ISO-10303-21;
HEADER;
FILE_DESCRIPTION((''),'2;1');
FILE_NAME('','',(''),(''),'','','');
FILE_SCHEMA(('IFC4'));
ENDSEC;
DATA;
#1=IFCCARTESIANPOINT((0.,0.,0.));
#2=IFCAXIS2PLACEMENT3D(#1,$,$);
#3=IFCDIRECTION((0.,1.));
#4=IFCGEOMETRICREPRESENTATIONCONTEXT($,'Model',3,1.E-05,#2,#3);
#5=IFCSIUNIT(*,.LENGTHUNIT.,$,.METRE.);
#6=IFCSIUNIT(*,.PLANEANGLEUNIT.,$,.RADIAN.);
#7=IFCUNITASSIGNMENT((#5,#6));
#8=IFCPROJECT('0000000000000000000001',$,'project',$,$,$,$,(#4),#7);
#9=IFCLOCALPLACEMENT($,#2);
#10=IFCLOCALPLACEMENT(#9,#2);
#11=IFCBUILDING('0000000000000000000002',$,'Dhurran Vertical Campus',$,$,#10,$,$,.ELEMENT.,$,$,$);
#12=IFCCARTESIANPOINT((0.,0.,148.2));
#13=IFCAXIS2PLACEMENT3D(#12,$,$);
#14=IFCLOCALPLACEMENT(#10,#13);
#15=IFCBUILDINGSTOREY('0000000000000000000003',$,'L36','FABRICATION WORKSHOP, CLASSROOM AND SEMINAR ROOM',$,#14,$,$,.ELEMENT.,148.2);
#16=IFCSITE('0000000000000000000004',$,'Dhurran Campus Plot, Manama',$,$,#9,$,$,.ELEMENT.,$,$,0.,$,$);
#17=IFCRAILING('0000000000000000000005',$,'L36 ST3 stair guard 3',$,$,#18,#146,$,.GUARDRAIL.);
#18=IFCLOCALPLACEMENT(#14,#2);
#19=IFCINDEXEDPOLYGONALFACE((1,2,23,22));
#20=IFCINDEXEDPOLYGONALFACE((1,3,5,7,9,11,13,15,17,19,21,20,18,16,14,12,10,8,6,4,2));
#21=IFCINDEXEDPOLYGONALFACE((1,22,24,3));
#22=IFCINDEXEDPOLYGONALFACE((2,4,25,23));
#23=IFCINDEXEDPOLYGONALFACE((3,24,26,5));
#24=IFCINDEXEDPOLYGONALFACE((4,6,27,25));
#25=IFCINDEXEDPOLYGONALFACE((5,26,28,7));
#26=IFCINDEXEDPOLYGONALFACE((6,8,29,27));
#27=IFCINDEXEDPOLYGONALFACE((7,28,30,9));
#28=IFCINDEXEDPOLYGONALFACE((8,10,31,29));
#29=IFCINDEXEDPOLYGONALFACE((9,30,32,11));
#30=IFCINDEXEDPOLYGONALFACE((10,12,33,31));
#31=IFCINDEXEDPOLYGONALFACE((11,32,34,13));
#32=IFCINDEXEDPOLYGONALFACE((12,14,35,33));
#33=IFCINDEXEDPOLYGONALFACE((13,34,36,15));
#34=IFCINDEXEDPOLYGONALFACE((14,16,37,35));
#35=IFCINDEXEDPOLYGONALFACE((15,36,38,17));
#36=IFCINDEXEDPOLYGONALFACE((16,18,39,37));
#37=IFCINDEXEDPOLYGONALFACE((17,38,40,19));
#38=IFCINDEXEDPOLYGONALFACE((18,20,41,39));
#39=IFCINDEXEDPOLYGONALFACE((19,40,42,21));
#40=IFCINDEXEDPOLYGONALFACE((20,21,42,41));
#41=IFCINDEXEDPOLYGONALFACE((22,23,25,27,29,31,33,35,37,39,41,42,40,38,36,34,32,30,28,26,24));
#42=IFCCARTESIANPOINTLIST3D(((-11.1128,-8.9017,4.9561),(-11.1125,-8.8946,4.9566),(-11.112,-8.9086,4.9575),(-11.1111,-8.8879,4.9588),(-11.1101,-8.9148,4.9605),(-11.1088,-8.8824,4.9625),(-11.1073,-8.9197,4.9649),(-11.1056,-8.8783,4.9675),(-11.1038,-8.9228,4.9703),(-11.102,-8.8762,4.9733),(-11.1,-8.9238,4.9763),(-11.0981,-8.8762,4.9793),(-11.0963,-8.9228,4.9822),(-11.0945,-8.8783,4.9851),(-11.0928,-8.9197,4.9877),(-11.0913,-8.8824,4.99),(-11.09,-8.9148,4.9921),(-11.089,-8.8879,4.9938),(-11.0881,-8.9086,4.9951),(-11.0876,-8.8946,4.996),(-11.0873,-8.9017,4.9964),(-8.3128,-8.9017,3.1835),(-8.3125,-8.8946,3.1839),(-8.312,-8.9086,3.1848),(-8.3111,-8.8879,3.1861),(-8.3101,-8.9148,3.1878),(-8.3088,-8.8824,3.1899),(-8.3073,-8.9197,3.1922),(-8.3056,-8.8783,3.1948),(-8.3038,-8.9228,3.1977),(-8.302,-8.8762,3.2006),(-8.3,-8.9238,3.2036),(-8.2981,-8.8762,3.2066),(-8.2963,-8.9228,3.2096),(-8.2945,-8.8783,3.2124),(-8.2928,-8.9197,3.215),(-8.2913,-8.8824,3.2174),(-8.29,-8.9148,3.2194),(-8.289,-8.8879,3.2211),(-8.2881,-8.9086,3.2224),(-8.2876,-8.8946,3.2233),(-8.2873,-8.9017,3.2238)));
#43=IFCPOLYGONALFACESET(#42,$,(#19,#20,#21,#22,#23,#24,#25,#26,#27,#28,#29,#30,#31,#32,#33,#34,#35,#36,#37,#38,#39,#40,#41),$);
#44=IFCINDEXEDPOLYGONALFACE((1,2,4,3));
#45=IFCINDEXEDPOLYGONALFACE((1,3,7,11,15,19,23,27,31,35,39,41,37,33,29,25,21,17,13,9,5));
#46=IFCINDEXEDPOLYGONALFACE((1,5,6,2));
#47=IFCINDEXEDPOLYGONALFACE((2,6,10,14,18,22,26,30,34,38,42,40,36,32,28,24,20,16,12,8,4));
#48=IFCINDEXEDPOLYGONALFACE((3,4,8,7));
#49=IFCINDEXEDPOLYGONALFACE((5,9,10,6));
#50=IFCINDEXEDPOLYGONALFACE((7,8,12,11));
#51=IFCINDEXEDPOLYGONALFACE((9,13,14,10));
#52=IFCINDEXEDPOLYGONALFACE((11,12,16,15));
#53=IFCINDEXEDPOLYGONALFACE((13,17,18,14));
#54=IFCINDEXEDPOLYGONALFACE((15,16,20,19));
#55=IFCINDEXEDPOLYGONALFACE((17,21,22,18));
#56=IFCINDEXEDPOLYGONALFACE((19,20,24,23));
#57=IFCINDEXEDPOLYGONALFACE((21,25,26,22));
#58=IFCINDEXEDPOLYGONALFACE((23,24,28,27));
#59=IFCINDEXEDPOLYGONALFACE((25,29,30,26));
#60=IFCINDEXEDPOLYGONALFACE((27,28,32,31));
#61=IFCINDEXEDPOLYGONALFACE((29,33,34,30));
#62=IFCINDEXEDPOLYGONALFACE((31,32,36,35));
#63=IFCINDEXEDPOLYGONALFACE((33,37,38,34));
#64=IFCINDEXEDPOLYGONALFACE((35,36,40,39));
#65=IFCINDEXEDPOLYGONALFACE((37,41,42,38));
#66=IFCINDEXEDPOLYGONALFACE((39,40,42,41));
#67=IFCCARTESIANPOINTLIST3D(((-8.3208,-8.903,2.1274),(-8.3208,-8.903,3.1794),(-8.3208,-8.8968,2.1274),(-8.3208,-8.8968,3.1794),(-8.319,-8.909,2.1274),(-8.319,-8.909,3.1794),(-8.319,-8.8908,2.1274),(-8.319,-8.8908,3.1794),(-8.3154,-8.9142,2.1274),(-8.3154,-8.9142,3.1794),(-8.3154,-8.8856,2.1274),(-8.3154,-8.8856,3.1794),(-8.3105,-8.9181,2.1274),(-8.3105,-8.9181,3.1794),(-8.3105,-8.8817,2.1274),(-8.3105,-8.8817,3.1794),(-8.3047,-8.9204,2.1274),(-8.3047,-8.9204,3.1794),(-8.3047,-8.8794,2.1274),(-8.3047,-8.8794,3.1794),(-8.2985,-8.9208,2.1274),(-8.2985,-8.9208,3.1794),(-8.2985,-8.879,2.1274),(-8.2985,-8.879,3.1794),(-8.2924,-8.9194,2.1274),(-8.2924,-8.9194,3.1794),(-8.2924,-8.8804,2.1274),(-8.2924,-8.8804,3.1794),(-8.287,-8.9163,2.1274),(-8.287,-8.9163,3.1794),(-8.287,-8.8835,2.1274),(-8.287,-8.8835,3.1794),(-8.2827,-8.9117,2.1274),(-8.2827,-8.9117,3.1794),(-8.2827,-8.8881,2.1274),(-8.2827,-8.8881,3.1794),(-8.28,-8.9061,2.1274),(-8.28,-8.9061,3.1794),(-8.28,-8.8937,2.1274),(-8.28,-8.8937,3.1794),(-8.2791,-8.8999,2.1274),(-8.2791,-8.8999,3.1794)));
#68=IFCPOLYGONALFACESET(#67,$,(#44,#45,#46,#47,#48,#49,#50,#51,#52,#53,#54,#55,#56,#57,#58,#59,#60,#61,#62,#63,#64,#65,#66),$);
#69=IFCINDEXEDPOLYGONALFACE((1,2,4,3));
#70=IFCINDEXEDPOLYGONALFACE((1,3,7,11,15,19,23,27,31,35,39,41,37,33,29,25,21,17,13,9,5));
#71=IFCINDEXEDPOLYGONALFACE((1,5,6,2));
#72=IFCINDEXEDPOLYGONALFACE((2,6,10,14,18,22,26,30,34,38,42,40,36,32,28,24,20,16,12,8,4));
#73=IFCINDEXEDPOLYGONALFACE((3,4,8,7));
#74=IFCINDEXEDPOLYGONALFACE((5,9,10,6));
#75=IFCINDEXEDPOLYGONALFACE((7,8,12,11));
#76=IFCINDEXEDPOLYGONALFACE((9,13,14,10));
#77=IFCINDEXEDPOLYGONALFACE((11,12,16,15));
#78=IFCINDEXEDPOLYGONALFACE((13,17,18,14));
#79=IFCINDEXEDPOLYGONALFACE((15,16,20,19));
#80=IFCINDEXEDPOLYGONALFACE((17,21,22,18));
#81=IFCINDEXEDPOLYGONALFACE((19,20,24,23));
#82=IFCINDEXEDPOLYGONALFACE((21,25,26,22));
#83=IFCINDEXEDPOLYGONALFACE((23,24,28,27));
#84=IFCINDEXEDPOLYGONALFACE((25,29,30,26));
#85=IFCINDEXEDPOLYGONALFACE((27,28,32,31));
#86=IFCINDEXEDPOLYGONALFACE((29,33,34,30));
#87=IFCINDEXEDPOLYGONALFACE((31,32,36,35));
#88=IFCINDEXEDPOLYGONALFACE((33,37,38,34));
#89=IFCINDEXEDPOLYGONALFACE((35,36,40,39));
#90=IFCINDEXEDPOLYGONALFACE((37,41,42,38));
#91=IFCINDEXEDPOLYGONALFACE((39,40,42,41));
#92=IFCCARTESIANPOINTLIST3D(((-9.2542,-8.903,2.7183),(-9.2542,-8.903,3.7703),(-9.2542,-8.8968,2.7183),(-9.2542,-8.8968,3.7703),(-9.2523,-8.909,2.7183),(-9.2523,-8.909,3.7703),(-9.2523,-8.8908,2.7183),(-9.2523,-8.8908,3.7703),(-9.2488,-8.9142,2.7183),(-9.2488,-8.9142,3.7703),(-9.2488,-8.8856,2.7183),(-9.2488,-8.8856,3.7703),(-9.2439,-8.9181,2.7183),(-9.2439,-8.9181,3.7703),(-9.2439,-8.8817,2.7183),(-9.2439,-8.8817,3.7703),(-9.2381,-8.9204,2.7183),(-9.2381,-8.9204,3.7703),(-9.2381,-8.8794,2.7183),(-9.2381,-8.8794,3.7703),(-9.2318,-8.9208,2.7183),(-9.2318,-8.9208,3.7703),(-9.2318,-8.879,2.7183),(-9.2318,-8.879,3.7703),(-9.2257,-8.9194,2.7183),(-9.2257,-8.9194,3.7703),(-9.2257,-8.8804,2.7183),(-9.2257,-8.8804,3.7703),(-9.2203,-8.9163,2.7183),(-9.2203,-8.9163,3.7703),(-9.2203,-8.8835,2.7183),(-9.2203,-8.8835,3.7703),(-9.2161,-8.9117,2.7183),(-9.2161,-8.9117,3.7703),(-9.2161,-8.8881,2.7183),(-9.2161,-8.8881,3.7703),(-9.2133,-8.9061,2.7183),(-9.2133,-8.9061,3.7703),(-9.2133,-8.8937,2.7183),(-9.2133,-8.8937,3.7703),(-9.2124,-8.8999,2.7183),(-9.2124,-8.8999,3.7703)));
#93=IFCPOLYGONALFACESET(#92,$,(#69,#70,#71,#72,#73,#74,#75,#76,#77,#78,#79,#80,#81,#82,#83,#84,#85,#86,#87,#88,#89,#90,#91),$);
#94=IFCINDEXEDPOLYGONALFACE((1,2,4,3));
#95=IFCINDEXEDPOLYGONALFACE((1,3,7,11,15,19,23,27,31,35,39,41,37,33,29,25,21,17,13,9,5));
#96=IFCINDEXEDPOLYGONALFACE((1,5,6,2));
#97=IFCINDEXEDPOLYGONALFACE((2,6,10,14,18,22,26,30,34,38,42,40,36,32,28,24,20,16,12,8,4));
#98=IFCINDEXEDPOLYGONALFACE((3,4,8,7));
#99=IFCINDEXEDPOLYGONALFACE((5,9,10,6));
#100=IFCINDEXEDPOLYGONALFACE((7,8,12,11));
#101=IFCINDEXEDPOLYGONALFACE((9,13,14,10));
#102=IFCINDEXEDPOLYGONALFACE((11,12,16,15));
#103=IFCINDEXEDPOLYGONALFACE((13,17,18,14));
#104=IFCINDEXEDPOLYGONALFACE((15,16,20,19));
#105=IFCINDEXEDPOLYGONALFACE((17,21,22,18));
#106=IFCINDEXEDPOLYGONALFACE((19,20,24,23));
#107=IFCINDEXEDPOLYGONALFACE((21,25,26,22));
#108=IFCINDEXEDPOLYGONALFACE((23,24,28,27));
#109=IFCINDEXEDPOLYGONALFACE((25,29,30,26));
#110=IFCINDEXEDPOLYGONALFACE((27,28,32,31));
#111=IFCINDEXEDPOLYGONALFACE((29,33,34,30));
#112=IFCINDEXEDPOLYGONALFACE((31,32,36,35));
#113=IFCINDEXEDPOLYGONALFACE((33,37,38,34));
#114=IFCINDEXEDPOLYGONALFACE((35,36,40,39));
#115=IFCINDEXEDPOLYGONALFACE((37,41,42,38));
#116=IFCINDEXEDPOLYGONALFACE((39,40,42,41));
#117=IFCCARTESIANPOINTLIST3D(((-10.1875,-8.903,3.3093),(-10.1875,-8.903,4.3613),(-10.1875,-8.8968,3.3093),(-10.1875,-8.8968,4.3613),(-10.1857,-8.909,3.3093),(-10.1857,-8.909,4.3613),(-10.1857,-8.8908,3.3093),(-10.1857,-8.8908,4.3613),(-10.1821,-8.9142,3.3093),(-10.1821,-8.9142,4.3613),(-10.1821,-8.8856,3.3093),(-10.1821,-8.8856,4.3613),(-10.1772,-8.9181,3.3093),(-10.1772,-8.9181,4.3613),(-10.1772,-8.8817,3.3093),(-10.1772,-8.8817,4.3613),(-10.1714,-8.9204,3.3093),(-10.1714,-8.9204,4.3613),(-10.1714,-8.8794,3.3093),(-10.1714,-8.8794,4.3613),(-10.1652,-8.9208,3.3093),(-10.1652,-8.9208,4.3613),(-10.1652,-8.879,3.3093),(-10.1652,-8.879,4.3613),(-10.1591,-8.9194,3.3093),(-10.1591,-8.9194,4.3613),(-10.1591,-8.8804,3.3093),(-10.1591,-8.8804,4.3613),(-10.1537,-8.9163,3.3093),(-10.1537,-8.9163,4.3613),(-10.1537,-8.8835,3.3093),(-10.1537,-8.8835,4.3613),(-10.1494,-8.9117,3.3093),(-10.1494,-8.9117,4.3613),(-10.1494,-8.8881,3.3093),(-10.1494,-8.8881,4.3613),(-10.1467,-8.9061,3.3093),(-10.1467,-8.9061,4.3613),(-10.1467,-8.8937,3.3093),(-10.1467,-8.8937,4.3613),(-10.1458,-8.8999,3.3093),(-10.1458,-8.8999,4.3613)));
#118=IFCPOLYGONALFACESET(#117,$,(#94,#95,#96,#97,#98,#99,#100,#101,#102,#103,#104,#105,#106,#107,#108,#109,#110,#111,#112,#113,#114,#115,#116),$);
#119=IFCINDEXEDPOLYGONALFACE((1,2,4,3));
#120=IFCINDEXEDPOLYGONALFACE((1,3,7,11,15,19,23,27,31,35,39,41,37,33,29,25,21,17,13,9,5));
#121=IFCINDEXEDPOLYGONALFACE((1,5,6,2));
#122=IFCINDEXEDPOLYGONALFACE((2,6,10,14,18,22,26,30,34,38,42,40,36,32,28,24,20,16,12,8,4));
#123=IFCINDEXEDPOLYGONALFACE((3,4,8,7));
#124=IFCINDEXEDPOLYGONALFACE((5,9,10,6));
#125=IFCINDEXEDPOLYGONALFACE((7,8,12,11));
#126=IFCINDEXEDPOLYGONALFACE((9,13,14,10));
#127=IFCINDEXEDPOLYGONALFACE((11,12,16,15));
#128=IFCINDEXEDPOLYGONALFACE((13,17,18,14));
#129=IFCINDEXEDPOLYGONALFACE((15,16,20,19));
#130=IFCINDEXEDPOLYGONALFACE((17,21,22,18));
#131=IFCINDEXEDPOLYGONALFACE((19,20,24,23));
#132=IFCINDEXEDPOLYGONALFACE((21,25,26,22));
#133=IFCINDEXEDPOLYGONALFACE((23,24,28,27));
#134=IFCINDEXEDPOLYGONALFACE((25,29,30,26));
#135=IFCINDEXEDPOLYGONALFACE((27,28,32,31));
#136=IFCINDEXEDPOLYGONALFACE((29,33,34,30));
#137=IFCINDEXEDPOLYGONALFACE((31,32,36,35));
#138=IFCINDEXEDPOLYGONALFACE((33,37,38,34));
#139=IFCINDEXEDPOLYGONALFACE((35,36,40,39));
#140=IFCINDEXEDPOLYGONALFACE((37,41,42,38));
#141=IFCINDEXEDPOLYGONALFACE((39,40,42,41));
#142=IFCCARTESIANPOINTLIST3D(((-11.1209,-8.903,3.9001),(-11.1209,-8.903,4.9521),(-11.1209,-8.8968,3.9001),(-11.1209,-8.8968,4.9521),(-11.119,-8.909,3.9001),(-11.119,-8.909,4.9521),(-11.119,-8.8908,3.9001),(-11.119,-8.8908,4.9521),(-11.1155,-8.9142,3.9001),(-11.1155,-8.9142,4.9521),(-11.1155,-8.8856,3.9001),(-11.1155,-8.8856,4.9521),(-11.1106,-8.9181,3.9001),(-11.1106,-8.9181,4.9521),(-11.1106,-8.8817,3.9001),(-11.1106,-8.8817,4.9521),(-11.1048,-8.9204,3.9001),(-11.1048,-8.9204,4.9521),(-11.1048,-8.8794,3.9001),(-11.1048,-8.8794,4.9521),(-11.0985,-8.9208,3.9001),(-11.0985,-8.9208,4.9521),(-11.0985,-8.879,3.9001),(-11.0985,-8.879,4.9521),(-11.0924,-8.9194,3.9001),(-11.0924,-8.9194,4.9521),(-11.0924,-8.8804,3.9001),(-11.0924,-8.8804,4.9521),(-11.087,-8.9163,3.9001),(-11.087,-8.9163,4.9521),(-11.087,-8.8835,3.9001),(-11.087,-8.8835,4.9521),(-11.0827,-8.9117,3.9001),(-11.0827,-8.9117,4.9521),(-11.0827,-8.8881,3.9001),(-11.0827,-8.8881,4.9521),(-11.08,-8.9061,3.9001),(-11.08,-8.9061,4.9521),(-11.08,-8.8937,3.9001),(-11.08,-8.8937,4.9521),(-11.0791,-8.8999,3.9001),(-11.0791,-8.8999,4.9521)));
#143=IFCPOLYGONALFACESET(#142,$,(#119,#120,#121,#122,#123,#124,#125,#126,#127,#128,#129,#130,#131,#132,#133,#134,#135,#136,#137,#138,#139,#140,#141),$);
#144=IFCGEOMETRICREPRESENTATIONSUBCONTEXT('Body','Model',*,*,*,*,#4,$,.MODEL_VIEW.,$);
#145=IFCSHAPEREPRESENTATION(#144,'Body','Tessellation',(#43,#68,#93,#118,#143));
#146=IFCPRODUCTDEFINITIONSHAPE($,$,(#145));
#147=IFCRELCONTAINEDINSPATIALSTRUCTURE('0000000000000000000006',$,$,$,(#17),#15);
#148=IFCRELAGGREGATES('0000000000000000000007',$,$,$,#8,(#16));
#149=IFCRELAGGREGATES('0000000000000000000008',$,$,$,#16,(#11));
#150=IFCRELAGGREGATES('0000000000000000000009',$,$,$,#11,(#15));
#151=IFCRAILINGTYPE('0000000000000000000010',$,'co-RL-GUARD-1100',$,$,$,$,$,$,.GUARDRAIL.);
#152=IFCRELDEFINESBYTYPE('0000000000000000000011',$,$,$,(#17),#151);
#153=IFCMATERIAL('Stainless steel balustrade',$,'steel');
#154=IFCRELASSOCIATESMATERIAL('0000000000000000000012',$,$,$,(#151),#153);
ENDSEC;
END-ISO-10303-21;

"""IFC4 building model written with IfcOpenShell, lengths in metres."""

from ifc_helpers import new_model, si_unit, direction, frame, origin, origin_2d, place, context, subcontext, project, spatial, circle, extrude, material, type_object, element, save


model = new_model("IFC4")

# Units and contexts
model_context = context("Model", 3, precision=1e-05, world=origin(), true_north=direction((0.0, 1.0)))
body_context = subcontext(model_context, "Body", "Model", "MODEL_VIEW")
ifc_project = project(units=[si_unit("LENGTHUNIT", "METRE"), si_unit("PLANEANGLEUNIT", "RADIAN")], contexts=[model_context])

# Site, building, storey
site_placement = place(None, origin())
site = spatial("IfcSite", under=ifc_project, at=site_placement, Name="Dhurran Campus Plot, Manama", CompositionType="ELEMENT", RefElevation=0.0)
building_placement = place(site_placement, origin())
building = spatial("IfcBuilding", under=site, at=building_placement, Name="Dhurran Vertical Campus", CompositionType="ELEMENT")
storey_placement = place(building_placement, frame((0.0, 0.0, 148.2)))
storey = spatial("IfcBuildingStorey", under=building, at=storey_placement, Name="L36", Description="FABRICATION WORKSHOP, CLASSROOM AND SEMINAR ROOM", CompositionType="ELEMENT", Elevation=148.2)

# Railing
ifc_material_1 = material(Name="Stainless steel balustrade", Category="steel")
railing_type_1 = type_object("IfcRailingType", Name="co-RL-GUARD-1100", PredefinedType="GUARDRAIL", material=ifc_material_1)
railing_1_placement = place(storey_placement, frame((-8.3, -8.8999, 2.1274)))
element("IfcRailing", 1, at=railing_1_placement, inside=storey, type_object=railing_type_1, Name="L36 ST3 stair guard 3", PredefinedType="GUARDRAIL", context=body_context, shape_type="SweptSolid", body=[
    extrude(circle(Radius=0.0239, at=origin_2d()), frame((0.0, 0.0, 1.0762), z_axis=(-0.844909, 0.0, 0.53491), x_axis=(0.0, -1.0, 0.0)), (0.0, 0.0, 1.0), 3.314),
    extrude(circle(Radius=0.021, at=origin_2d()), origin(), (0.0, 0.0, 1.0), 1.052),
    extrude(circle(Radius=0.021, at=origin_2d()), frame((-0.9333, 0.0, 0.5908)), (0.0, 0.0, 1.0), 1.052),
    extrude(circle(Radius=0.021, at=origin_2d()), frame((-1.8667, 0.0, 1.1819)), (0.0, 0.0, 1.0), 1.052),
    extrude(circle(Radius=0.021, at=origin_2d()), frame((-2.8, 0.0, 1.7727)), (0.0, 0.0, 1.0), 1.052),
])

save(model, "model.ifc")
